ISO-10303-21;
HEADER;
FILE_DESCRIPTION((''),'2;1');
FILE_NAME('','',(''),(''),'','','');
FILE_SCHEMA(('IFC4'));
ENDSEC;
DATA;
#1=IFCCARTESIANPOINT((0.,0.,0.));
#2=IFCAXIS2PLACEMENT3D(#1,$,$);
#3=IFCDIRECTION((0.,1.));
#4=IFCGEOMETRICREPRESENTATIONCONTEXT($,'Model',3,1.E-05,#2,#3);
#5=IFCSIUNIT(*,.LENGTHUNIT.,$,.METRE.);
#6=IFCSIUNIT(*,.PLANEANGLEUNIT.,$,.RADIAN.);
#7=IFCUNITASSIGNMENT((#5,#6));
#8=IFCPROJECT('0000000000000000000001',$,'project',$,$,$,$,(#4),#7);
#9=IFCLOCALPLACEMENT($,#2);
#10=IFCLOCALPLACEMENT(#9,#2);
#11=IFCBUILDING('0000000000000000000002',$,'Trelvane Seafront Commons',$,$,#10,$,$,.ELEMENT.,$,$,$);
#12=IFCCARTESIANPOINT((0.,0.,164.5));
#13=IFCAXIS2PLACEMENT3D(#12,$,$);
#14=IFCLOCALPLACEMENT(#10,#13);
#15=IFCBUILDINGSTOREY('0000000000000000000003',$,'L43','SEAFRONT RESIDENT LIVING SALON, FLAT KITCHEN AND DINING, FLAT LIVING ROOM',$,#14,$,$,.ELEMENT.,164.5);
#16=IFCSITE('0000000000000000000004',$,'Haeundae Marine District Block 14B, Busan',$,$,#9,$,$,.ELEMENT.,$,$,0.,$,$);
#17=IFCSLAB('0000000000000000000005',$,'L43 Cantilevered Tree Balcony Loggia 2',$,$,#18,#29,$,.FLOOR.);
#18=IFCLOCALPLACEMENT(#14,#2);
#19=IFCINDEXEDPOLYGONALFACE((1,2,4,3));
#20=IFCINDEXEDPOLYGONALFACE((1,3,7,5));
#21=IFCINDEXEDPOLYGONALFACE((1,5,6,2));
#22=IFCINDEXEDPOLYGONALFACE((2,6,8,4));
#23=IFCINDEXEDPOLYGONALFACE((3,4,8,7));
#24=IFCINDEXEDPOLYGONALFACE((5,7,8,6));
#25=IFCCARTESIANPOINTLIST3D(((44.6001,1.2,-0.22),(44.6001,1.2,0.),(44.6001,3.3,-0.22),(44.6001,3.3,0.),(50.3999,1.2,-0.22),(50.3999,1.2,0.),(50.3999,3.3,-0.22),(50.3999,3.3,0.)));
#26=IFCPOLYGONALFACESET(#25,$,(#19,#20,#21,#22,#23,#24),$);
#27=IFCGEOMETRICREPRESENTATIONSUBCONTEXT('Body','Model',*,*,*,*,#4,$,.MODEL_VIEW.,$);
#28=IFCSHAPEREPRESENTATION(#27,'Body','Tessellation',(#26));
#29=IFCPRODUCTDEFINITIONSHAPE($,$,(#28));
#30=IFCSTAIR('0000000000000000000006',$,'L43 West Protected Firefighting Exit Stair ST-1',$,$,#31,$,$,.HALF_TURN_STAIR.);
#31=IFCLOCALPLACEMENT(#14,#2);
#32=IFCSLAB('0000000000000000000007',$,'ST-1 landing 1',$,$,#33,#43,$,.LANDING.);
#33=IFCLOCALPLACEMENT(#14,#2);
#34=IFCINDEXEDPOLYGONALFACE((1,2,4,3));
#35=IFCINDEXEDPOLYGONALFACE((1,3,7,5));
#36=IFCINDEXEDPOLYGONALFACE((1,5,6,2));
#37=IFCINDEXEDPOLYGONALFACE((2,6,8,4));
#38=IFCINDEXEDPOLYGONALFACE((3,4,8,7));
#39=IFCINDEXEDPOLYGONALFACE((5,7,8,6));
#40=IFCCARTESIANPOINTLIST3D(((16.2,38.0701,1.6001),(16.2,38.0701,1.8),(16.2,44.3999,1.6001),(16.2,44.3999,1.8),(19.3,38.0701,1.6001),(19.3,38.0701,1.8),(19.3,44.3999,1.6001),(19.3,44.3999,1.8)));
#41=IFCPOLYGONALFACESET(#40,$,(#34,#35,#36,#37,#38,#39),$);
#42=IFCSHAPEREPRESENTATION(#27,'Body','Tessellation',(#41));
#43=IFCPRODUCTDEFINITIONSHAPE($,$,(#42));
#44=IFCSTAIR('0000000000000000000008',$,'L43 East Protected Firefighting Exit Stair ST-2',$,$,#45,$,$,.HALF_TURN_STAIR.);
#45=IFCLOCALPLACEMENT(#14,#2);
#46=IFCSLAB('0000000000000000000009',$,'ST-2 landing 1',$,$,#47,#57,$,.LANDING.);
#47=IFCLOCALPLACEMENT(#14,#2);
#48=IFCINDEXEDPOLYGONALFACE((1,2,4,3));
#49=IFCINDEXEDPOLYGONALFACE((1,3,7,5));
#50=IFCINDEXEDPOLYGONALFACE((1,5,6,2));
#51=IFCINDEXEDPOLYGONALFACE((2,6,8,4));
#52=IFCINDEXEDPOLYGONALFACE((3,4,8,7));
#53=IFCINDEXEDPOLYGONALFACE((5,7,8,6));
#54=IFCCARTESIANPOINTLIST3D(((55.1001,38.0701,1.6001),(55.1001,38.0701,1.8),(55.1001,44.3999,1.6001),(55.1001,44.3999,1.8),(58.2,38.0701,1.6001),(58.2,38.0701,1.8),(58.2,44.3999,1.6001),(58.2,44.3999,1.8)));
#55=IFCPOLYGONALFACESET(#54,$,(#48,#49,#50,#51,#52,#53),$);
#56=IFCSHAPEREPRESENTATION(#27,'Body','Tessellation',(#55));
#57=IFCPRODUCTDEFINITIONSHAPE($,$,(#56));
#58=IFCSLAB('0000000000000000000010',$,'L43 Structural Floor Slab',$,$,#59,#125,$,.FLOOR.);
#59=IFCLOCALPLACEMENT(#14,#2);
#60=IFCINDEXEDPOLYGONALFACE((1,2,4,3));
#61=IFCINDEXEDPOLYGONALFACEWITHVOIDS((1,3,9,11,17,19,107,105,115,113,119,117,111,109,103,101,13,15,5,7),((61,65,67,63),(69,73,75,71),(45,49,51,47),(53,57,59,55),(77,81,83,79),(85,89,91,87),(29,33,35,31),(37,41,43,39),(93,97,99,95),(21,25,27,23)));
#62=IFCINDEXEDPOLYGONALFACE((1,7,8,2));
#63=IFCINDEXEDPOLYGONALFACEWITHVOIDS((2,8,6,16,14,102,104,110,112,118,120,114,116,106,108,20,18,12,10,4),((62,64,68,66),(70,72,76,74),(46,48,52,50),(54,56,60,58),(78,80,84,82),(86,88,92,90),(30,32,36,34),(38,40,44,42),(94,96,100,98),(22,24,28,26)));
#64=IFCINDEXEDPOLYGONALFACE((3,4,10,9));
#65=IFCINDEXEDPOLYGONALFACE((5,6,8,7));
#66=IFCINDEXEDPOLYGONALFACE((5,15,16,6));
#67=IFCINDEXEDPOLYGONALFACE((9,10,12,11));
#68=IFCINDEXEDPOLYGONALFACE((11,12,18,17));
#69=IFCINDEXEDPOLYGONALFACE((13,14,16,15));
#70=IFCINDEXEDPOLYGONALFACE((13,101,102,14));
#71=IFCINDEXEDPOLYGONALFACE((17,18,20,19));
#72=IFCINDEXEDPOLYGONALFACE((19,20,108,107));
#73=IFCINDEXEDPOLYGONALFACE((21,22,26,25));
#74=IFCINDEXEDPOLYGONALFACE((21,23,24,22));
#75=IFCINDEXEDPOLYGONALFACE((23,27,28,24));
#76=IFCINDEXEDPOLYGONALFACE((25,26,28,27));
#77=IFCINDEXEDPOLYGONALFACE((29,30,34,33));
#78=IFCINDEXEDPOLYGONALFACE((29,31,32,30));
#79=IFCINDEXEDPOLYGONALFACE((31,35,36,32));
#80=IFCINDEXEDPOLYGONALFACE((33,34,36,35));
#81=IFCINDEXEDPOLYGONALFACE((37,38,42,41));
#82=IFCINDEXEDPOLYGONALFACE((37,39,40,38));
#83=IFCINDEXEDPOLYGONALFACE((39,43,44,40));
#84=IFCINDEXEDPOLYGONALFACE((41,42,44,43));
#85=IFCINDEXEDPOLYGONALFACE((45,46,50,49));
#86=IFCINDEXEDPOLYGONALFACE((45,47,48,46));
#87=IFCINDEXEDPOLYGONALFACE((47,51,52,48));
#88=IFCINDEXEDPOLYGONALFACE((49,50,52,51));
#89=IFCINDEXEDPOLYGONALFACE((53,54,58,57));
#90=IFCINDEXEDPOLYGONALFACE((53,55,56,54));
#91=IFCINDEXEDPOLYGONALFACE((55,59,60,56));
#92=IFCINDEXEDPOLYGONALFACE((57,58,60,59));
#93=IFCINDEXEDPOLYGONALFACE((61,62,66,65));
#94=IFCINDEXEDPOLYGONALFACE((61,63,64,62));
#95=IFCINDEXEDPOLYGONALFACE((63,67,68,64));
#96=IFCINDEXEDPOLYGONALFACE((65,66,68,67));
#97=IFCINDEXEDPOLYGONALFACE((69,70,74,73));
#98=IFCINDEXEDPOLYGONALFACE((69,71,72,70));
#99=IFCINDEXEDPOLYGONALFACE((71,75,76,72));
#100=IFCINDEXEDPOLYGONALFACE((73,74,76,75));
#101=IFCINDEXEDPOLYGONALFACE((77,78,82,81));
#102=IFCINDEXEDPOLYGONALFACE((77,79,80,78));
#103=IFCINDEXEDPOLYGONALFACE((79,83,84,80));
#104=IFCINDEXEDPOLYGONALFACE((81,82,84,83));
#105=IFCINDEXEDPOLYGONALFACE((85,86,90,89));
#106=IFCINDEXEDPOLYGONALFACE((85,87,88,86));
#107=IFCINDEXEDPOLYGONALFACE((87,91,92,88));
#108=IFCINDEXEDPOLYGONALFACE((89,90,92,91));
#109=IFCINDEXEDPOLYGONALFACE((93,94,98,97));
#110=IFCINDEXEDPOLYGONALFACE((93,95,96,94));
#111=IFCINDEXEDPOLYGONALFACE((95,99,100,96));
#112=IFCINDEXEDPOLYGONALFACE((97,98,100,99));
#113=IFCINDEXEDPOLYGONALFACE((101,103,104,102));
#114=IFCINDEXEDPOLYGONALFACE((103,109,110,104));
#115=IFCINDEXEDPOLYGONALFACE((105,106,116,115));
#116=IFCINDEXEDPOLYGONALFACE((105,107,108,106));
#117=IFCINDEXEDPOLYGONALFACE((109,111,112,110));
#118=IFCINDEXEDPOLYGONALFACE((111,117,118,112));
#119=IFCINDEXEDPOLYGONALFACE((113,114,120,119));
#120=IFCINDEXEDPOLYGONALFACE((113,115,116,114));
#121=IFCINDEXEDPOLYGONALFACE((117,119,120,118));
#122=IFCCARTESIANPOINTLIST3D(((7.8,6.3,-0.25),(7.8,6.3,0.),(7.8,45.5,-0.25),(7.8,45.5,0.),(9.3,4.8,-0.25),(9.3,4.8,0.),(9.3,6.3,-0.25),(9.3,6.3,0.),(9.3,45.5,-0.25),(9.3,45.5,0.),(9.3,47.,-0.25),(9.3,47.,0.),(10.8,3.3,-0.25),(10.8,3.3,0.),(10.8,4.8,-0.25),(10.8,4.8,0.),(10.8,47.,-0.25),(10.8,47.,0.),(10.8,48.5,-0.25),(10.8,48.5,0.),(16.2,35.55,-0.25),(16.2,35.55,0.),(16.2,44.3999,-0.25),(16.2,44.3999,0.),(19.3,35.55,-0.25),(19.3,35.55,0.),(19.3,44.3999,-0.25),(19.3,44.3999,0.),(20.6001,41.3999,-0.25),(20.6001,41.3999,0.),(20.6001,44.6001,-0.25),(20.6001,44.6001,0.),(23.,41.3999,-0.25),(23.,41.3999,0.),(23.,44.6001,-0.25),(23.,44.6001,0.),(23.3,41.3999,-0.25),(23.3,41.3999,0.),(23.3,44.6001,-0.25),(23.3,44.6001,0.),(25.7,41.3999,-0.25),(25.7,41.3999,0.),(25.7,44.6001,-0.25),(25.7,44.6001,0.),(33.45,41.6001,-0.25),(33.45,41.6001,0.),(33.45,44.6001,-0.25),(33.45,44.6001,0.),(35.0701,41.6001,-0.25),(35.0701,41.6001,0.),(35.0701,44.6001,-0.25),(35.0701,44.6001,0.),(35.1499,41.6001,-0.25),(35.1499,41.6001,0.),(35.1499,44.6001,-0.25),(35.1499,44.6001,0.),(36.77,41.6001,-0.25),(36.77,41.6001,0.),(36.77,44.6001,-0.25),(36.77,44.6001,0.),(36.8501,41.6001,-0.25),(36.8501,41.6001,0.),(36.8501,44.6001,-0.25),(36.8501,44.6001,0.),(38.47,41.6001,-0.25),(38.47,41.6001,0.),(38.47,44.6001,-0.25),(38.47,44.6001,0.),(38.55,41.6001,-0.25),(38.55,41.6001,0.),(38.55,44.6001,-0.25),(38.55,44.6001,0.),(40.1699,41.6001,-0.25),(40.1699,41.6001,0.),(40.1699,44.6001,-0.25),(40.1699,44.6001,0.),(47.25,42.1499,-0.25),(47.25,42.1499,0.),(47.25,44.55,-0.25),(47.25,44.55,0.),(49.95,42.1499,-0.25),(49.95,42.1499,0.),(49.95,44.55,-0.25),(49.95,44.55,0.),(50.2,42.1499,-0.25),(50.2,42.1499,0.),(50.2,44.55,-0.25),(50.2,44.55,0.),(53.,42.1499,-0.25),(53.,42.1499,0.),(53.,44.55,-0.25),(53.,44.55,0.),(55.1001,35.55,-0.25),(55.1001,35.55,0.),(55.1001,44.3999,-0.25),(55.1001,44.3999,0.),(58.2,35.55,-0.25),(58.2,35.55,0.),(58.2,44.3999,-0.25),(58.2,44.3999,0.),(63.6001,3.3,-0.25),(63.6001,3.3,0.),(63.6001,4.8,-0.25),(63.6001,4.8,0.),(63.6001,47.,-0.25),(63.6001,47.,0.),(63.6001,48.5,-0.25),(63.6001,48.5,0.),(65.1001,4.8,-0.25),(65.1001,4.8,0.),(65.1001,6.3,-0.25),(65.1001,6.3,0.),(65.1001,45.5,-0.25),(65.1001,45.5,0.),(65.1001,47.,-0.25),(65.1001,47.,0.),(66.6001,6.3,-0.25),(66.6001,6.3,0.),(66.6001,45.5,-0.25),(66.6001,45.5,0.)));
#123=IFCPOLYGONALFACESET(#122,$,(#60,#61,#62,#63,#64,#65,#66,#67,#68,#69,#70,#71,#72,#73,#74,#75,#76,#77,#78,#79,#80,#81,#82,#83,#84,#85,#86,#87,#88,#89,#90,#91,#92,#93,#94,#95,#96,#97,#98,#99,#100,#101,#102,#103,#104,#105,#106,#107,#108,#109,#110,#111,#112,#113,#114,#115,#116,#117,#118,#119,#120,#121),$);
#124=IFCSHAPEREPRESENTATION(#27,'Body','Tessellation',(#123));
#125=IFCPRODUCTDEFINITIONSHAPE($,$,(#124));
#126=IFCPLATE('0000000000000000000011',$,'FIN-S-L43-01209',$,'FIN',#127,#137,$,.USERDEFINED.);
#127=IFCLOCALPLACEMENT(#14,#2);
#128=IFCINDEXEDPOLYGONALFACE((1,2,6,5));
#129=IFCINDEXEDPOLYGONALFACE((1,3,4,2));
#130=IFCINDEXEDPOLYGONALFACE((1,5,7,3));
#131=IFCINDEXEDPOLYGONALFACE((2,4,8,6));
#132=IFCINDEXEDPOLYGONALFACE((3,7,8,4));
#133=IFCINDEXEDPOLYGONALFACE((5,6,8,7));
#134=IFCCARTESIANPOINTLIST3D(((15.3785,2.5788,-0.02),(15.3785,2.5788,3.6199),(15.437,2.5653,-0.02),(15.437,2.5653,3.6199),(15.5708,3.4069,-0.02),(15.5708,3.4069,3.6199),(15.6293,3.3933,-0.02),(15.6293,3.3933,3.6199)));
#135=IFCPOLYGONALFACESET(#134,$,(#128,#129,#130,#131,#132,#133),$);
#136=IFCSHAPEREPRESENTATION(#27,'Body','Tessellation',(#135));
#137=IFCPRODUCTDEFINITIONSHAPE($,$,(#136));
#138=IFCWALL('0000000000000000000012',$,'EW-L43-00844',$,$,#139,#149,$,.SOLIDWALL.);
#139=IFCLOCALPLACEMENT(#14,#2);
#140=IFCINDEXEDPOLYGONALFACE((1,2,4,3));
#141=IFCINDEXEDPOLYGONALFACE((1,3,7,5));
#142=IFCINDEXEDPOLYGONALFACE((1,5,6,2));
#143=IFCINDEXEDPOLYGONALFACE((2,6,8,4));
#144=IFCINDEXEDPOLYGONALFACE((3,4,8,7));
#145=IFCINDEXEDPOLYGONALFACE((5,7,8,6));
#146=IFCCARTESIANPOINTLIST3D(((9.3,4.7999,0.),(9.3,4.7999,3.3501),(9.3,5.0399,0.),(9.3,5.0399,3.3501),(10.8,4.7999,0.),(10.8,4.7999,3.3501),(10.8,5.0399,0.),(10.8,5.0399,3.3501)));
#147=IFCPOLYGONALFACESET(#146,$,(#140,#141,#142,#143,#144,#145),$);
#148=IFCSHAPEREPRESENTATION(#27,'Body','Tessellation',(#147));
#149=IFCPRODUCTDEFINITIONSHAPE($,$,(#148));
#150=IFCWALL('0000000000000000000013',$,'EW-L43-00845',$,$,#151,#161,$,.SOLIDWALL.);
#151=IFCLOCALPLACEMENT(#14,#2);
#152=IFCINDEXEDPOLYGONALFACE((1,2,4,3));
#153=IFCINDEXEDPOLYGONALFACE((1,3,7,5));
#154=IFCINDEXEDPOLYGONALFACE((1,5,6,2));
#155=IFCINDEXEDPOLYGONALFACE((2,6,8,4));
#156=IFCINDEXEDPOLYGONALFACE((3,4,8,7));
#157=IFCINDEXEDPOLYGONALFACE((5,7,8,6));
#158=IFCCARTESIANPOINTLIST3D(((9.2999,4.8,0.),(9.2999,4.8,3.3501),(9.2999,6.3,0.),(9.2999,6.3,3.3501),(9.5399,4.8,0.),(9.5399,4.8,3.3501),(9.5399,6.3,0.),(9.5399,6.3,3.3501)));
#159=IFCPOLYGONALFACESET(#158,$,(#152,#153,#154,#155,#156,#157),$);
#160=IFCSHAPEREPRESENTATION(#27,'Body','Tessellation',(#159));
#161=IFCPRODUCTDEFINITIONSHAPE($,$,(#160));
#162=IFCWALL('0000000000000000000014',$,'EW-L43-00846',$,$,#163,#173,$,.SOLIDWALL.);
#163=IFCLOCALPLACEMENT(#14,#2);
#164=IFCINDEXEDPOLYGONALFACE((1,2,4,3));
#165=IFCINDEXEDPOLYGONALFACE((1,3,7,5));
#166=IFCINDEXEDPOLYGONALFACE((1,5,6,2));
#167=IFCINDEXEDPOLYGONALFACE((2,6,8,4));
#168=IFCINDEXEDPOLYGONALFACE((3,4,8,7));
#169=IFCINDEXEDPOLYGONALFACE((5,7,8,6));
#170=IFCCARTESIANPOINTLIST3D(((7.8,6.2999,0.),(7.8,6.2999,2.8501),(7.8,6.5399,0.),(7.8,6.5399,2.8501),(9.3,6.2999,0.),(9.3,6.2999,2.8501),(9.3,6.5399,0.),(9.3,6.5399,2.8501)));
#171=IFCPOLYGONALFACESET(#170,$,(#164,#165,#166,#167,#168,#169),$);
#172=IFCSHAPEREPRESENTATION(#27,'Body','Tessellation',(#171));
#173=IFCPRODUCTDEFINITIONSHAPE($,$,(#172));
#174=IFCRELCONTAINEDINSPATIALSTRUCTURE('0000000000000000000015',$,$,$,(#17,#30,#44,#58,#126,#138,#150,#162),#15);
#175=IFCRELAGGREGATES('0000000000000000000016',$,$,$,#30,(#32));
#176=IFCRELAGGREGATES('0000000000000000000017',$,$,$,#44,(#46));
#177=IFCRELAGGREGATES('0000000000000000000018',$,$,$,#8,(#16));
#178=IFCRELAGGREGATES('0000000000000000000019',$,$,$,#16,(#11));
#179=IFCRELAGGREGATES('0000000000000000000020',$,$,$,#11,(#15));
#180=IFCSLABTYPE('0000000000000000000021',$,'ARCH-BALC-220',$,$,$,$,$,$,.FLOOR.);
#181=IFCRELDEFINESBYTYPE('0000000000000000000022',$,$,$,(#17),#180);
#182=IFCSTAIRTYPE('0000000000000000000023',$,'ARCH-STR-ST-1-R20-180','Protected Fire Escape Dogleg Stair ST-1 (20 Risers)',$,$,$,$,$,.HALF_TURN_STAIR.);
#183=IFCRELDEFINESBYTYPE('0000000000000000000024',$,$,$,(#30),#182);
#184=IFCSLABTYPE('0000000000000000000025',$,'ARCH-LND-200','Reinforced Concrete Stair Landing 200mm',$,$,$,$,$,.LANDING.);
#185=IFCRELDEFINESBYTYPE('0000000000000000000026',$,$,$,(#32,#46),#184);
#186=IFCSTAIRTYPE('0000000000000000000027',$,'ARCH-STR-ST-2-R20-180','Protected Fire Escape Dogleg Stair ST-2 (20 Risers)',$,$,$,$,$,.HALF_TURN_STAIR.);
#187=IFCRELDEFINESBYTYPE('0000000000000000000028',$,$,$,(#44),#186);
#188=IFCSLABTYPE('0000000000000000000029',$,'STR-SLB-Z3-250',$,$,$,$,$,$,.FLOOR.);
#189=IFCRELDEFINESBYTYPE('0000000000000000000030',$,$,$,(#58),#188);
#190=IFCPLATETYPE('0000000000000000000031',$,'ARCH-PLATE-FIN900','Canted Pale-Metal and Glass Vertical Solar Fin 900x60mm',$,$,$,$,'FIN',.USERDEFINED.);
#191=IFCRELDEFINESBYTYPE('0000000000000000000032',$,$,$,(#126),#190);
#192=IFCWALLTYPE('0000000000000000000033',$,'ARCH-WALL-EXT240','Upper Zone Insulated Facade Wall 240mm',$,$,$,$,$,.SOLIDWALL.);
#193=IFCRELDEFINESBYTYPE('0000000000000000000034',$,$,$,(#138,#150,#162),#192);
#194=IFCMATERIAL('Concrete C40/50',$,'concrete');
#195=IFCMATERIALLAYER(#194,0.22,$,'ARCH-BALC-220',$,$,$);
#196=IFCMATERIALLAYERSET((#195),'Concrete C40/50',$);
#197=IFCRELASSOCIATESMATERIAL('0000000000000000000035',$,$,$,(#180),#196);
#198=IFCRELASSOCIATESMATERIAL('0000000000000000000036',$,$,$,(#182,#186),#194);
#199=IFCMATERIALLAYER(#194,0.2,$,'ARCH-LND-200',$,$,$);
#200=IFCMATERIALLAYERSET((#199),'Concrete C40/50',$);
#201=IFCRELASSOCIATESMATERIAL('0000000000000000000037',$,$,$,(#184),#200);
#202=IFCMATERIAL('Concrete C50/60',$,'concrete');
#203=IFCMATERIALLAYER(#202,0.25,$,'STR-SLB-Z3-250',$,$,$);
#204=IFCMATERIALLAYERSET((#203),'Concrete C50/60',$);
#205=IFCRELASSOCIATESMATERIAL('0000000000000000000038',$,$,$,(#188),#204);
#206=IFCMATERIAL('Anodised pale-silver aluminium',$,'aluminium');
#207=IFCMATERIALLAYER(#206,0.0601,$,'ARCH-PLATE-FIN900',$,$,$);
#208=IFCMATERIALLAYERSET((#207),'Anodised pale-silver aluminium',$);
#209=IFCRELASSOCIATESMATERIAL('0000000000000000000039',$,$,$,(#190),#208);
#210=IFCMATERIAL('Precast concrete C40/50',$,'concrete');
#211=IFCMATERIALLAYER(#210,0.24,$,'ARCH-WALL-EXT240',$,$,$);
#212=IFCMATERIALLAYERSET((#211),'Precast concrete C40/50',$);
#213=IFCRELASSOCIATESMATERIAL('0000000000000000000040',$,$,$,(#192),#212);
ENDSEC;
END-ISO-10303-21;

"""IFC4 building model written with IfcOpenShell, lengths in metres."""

from ifc_helpers import new_model, si_unit, direction, frame, frame_2d, origin, origin_2d, place, context, subcontext, project, spatial, polyline, rectangle, outline, extrude, source, transform, mapped, material, layer, layer_set, type_object, element, aggregate, save


model = new_model("IFC4")

# Units and contexts
model_context = context("Model", 3, precision=1e-05, world=origin(), true_north=direction((0.0, 1.0)))
body_context = subcontext(model_context, "Body", "Model", "MODEL_VIEW")
ifc_project = project(units=[si_unit("LENGTHUNIT", "METRE"), si_unit("PLANEANGLEUNIT", "RADIAN")], contexts=[model_context])

# Site, building, storey
site_placement = place(None, origin())
site = spatial("IfcSite", under=ifc_project, at=site_placement, Name="Haeundae Marine District Block 14B, Busan", CompositionType="ELEMENT", RefElevation=0.0)
building_placement = place(site_placement, origin())
building = spatial("IfcBuilding", under=site, at=building_placement, Name="Trelvane Seafront Commons", CompositionType="ELEMENT")
storey_placement = place(building_placement, frame((0.0, 0.0, 164.5)))
storey = spatial("IfcBuildingStorey", under=building, at=storey_placement, Name="L43", Description="SEAFRONT RESIDENT LIVING SALON, FLAT KITCHEN AND DINING, FLAT LIVING ROOM", CompositionType="ELEMENT", Elevation=164.5)

# Slab
ifc_material_1 = material(Name="Concrete C40/50", Category="concrete")
ifc_layer_1 = layer(ifc_material_1, 0.22, Name="ARCH-BALC-220")
ifc_layer_set_1 = layer_set([ifc_layer_1], Name="Concrete C40/50")
slab_type_1 = type_object("IfcSlabType", Name="ARCH-BALC-220", PredefinedType="FLOOR", material=ifc_layer_set_1)
slab_1_placement = place(storey_placement, frame((0.0, 0.0, -0.22)))
element("IfcSlab", 1, at=slab_1_placement, inside=storey, type_object=slab_type_1, Name="L43 Cantilevered Tree Balcony Loggia 2", PredefinedType="FLOOR", context=body_context, shape_type="SweptSolid", body=[
    extrude(outline(polyline([(44.6001, 1.2), (50.3999, 1.2), (50.3999, 3.3), (44.6001, 3.3), (44.6001, 1.2)])), origin(), (0.0, 0.0, 1.0), 0.22),
])

# Stairs, slabs
stair_type_1 = type_object("IfcStairType", Name="ARCH-STR-ST-1-R20-180", Description="Protected Fire Escape Dogleg Stair ST-1 (20 Risers)", PredefinedType="HALF_TURN_STAIR", material=ifc_material_1)
stair_1_placement = place(storey_placement, origin())
stair_1 = element("IfcStair", 2, at=stair_1_placement, inside=storey, type_object=stair_type_1, Name="L43 West Protected Firefighting Exit Stair ST-1", PredefinedType="HALF_TURN_STAIR")
ifc_layer_2 = layer(ifc_material_1, 0.2, Name="ARCH-LND-200")
ifc_layer_set_2 = layer_set([ifc_layer_2], Name="Concrete C40/50")
slab_type_2 = type_object("IfcSlabType", Name="ARCH-LND-200", Description="Reinforced Concrete Stair Landing 200mm", PredefinedType="LANDING", material=ifc_layer_set_2)
slab_2_placement = place(storey_placement, frame((0.0, 0.0, 1.6001)))
slab_2 = element("IfcSlab", 3, at=slab_2_placement, type_object=slab_type_2, Name="ST-1 landing 1", PredefinedType="LANDING", context=body_context, shape_type="SweptSolid", body=[
    extrude(outline(polyline([(19.3, 38.0701), (19.3, 44.3999), (16.2, 44.3999), (16.2, 38.0701), (19.3, 38.0701)])), origin(), (0.0, 0.0, 1.0), 0.2),
])
aggregate(stair_1, [slab_2])
stair_type_2 = type_object("IfcStairType", Name="ARCH-STR-ST-2-R20-180", Description="Protected Fire Escape Dogleg Stair ST-2 (20 Risers)", PredefinedType="HALF_TURN_STAIR", material=ifc_material_1)
stair_2_placement = place(storey_placement, origin())
stair_2 = element("IfcStair", 4, at=stair_2_placement, inside=storey, type_object=stair_type_2, Name="L43 East Protected Firefighting Exit Stair ST-2", PredefinedType="HALF_TURN_STAIR")
slab_3_placement = place(storey_placement, frame((0.0, 0.0, 1.6001)))
slab_3 = element("IfcSlab", 5, at=slab_3_placement, type_object=slab_type_2, Name="ST-2 landing 1", PredefinedType="LANDING", context=body_context, shape_type="SweptSolid", body=[
    extrude(outline(polyline([(58.2, 38.0701), (58.2, 44.3999), (55.1001, 44.3999), (55.1001, 38.0701), (58.2, 38.0701)])), origin(), (0.0, 0.0, 1.0), 0.2),
])
aggregate(stair_2, [slab_3])

# Slab
ifc_material_2 = material(Name="Concrete C50/60", Category="concrete")
ifc_layer_3 = layer(ifc_material_2, 0.25, Name="STR-SLB-Z3-250")
ifc_layer_set_3 = layer_set([ifc_layer_3], Name="Concrete C50/60")
slab_type_3 = type_object("IfcSlabType", Name="STR-SLB-Z3-250", PredefinedType="FLOOR", material=ifc_layer_set_3)
slab_4_placement = place(storey_placement, frame((0.0, 0.0, -0.25)))
element("IfcSlab", 6, at=slab_4_placement, inside=storey, type_object=slab_type_3, Name="L43 Structural Floor Slab", PredefinedType="FLOOR", context=body_context, shape_type="SweptSolid", body=[
    extrude(outline(polyline([(10.8, 3.3), (63.6001, 3.3), (63.6001, 4.8), (65.1001, 4.8), (65.1001, 6.3), (66.6001, 6.3), (66.6001, 45.5), (65.1001, 45.5), (65.1001, 47.0), (63.6001, 47.0), (63.6001, 48.5), (10.8, 48.5), (10.8, 47.0), (9.3, 47.0), (9.3, 45.5), (7.8, 45.5), (7.8, 6.3), (9.3, 6.3), (9.3, 4.8), (10.8, 4.8), (10.8, 3.3)]), holes=[polyline([(19.3, 35.55), (16.2, 35.55), (16.2, 44.3999), (19.3, 44.3999), (19.3, 35.55)]), polyline([(58.2, 35.55), (55.1001, 35.55), (55.1001, 44.3999), (58.2, 44.3999), (58.2, 35.55)]), polyline([(23.0, 41.3999), (20.6001, 41.3999), (20.6001, 44.6001), (23.0, 44.6001), (23.0, 41.3999)]), polyline([(23.3, 41.3999), (23.3, 44.6001), (25.7, 44.6001), (25.7, 41.3999), (23.3, 41.3999)]), polyline([(33.45, 41.6001), (33.45, 44.6001), (35.0701, 44.6001), (35.0701, 41.6001), (33.45, 41.6001)]), polyline([(36.77, 41.6001), (35.1499, 41.6001), (35.1499, 44.6001), (36.77, 44.6001), (36.77, 41.6001)]), polyline([(38.47, 41.6001), (36.8501, 41.6001), (36.8501, 44.6001), (38.47, 44.6001), (38.47, 41.6001)]), polyline([(40.1699, 41.6001), (38.55, 41.6001), (38.55, 44.6001), (40.1699, 44.6001), (40.1699, 41.6001)]), polyline([(47.25, 42.1499), (47.25, 44.55), (49.95, 44.55), (49.95, 42.1499), (47.25, 42.1499)]), polyline([(50.2, 42.1499), (50.2, 44.55), (53.0, 44.55), (53.0, 42.1499), (50.2, 42.1499)])]), origin(), (0.0, 0.0, 1.0), 0.25),
])

# Plate
ifc_material_3 = material(Name="Anodised pale-silver aluminium", Category="aluminium")
ifc_layer_4 = layer(ifc_material_3, 0.0601, Name="ARCH-PLATE-FIN900")
ifc_layer_set_4 = layer_set([ifc_layer_4], Name="Anodised pale-silver aluminium")
plate_type = type_object("IfcPlateType", Name="ARCH-PLATE-FIN900", Description="Canted Pale-Metal and Glass Vertical Solar Fin 900x60mm", ElementType="FIN", PredefinedType="USERDEFINED", material=ifc_layer_set_4)
shared_shape_1 = source(origin(), body_context, "Body", "SweptSolid", [
    extrude(rectangle(XDim=0.8501, YDim=0.0601, at=origin_2d()), origin(), (0.0, 0.0, 1.0), 3.6399),
])
plate_placement = place(storey_placement, frame((15.5039, 2.9861, -0.02), z_axis=(0.0, 0.0, 1.0), x_axis=(-0.226225, -0.974075, 0.0)))
element("IfcPlate", 7, at=plate_placement, inside=storey, type_object=plate_type, Name="FIN-S-L43-01209", ObjectType="FIN", PredefinedType="USERDEFINED", context=body_context, shape_type="MappedRepresentation", body=[
    mapped(shared_shape_1, transform((0.0, 0.0, 0.0), x_axis=(1.0, 0.0, 0.0), y_axis=(0.0, 1.0, 0.0), z_axis=(0.0, 0.0, 1.0), scale=1.0)),
])

# Walls
ifc_material_4 = material(Name="Precast concrete C40/50", Category="concrete")
ifc_layer_5 = layer(ifc_material_4, 0.24, Name="ARCH-WALL-EXT240")
ifc_layer_set_5 = layer_set([ifc_layer_5], Name="Precast concrete C40/50")
wall_type_1 = type_object("IfcWallType", Name="ARCH-WALL-EXT240", Description="Upper Zone Insulated Facade Wall 240mm", PredefinedType="SOLIDWALL", material=ifc_layer_set_5)
for number, where, z_axis, x_axis, name in (
    (8, (10.8, 4.9199, 0.0), (0.0, 0.0, 1.0), (-1.0, 0.0, 0.0), "EW-L43-00844"),
    (9, (9.4199, 4.8, 0.0), (0.0, 0.0, 1.0), (0.0, 1.0, 0.0), "EW-L43-00845"),
):
    element("IfcWall", number, at=place(storey_placement, frame(where, z_axis=z_axis, x_axis=x_axis)), inside=storey, type_object=wall_type_1, Name=name, PredefinedType="SOLIDWALL", context=body_context, shape_type="SweptSolid", body=[
        extrude(rectangle(XDim=1.5, YDim=0.24, at=frame_2d((0.75, 0.0))), origin(), (0.0, 0.0, 1.0), 3.3501),
    ])
wall_1_placement = place(storey_placement, frame((9.3, 6.4199, 0.0), z_axis=(0.0, 0.0, 1.0), x_axis=(-1.0, 0.0, 0.0)))
element("IfcWall", 10, at=wall_1_placement, inside=storey, type_object=wall_type_1, Name="EW-L43-00846", PredefinedType="SOLIDWALL", context=body_context, shape_type="SweptSolid", body=[
    extrude(rectangle(XDim=1.5, YDim=0.24, at=frame_2d((0.75, 0.0))), origin(), (0.0, 0.0, 1.0), 2.8501),
])

save(model, "model.ifc")
